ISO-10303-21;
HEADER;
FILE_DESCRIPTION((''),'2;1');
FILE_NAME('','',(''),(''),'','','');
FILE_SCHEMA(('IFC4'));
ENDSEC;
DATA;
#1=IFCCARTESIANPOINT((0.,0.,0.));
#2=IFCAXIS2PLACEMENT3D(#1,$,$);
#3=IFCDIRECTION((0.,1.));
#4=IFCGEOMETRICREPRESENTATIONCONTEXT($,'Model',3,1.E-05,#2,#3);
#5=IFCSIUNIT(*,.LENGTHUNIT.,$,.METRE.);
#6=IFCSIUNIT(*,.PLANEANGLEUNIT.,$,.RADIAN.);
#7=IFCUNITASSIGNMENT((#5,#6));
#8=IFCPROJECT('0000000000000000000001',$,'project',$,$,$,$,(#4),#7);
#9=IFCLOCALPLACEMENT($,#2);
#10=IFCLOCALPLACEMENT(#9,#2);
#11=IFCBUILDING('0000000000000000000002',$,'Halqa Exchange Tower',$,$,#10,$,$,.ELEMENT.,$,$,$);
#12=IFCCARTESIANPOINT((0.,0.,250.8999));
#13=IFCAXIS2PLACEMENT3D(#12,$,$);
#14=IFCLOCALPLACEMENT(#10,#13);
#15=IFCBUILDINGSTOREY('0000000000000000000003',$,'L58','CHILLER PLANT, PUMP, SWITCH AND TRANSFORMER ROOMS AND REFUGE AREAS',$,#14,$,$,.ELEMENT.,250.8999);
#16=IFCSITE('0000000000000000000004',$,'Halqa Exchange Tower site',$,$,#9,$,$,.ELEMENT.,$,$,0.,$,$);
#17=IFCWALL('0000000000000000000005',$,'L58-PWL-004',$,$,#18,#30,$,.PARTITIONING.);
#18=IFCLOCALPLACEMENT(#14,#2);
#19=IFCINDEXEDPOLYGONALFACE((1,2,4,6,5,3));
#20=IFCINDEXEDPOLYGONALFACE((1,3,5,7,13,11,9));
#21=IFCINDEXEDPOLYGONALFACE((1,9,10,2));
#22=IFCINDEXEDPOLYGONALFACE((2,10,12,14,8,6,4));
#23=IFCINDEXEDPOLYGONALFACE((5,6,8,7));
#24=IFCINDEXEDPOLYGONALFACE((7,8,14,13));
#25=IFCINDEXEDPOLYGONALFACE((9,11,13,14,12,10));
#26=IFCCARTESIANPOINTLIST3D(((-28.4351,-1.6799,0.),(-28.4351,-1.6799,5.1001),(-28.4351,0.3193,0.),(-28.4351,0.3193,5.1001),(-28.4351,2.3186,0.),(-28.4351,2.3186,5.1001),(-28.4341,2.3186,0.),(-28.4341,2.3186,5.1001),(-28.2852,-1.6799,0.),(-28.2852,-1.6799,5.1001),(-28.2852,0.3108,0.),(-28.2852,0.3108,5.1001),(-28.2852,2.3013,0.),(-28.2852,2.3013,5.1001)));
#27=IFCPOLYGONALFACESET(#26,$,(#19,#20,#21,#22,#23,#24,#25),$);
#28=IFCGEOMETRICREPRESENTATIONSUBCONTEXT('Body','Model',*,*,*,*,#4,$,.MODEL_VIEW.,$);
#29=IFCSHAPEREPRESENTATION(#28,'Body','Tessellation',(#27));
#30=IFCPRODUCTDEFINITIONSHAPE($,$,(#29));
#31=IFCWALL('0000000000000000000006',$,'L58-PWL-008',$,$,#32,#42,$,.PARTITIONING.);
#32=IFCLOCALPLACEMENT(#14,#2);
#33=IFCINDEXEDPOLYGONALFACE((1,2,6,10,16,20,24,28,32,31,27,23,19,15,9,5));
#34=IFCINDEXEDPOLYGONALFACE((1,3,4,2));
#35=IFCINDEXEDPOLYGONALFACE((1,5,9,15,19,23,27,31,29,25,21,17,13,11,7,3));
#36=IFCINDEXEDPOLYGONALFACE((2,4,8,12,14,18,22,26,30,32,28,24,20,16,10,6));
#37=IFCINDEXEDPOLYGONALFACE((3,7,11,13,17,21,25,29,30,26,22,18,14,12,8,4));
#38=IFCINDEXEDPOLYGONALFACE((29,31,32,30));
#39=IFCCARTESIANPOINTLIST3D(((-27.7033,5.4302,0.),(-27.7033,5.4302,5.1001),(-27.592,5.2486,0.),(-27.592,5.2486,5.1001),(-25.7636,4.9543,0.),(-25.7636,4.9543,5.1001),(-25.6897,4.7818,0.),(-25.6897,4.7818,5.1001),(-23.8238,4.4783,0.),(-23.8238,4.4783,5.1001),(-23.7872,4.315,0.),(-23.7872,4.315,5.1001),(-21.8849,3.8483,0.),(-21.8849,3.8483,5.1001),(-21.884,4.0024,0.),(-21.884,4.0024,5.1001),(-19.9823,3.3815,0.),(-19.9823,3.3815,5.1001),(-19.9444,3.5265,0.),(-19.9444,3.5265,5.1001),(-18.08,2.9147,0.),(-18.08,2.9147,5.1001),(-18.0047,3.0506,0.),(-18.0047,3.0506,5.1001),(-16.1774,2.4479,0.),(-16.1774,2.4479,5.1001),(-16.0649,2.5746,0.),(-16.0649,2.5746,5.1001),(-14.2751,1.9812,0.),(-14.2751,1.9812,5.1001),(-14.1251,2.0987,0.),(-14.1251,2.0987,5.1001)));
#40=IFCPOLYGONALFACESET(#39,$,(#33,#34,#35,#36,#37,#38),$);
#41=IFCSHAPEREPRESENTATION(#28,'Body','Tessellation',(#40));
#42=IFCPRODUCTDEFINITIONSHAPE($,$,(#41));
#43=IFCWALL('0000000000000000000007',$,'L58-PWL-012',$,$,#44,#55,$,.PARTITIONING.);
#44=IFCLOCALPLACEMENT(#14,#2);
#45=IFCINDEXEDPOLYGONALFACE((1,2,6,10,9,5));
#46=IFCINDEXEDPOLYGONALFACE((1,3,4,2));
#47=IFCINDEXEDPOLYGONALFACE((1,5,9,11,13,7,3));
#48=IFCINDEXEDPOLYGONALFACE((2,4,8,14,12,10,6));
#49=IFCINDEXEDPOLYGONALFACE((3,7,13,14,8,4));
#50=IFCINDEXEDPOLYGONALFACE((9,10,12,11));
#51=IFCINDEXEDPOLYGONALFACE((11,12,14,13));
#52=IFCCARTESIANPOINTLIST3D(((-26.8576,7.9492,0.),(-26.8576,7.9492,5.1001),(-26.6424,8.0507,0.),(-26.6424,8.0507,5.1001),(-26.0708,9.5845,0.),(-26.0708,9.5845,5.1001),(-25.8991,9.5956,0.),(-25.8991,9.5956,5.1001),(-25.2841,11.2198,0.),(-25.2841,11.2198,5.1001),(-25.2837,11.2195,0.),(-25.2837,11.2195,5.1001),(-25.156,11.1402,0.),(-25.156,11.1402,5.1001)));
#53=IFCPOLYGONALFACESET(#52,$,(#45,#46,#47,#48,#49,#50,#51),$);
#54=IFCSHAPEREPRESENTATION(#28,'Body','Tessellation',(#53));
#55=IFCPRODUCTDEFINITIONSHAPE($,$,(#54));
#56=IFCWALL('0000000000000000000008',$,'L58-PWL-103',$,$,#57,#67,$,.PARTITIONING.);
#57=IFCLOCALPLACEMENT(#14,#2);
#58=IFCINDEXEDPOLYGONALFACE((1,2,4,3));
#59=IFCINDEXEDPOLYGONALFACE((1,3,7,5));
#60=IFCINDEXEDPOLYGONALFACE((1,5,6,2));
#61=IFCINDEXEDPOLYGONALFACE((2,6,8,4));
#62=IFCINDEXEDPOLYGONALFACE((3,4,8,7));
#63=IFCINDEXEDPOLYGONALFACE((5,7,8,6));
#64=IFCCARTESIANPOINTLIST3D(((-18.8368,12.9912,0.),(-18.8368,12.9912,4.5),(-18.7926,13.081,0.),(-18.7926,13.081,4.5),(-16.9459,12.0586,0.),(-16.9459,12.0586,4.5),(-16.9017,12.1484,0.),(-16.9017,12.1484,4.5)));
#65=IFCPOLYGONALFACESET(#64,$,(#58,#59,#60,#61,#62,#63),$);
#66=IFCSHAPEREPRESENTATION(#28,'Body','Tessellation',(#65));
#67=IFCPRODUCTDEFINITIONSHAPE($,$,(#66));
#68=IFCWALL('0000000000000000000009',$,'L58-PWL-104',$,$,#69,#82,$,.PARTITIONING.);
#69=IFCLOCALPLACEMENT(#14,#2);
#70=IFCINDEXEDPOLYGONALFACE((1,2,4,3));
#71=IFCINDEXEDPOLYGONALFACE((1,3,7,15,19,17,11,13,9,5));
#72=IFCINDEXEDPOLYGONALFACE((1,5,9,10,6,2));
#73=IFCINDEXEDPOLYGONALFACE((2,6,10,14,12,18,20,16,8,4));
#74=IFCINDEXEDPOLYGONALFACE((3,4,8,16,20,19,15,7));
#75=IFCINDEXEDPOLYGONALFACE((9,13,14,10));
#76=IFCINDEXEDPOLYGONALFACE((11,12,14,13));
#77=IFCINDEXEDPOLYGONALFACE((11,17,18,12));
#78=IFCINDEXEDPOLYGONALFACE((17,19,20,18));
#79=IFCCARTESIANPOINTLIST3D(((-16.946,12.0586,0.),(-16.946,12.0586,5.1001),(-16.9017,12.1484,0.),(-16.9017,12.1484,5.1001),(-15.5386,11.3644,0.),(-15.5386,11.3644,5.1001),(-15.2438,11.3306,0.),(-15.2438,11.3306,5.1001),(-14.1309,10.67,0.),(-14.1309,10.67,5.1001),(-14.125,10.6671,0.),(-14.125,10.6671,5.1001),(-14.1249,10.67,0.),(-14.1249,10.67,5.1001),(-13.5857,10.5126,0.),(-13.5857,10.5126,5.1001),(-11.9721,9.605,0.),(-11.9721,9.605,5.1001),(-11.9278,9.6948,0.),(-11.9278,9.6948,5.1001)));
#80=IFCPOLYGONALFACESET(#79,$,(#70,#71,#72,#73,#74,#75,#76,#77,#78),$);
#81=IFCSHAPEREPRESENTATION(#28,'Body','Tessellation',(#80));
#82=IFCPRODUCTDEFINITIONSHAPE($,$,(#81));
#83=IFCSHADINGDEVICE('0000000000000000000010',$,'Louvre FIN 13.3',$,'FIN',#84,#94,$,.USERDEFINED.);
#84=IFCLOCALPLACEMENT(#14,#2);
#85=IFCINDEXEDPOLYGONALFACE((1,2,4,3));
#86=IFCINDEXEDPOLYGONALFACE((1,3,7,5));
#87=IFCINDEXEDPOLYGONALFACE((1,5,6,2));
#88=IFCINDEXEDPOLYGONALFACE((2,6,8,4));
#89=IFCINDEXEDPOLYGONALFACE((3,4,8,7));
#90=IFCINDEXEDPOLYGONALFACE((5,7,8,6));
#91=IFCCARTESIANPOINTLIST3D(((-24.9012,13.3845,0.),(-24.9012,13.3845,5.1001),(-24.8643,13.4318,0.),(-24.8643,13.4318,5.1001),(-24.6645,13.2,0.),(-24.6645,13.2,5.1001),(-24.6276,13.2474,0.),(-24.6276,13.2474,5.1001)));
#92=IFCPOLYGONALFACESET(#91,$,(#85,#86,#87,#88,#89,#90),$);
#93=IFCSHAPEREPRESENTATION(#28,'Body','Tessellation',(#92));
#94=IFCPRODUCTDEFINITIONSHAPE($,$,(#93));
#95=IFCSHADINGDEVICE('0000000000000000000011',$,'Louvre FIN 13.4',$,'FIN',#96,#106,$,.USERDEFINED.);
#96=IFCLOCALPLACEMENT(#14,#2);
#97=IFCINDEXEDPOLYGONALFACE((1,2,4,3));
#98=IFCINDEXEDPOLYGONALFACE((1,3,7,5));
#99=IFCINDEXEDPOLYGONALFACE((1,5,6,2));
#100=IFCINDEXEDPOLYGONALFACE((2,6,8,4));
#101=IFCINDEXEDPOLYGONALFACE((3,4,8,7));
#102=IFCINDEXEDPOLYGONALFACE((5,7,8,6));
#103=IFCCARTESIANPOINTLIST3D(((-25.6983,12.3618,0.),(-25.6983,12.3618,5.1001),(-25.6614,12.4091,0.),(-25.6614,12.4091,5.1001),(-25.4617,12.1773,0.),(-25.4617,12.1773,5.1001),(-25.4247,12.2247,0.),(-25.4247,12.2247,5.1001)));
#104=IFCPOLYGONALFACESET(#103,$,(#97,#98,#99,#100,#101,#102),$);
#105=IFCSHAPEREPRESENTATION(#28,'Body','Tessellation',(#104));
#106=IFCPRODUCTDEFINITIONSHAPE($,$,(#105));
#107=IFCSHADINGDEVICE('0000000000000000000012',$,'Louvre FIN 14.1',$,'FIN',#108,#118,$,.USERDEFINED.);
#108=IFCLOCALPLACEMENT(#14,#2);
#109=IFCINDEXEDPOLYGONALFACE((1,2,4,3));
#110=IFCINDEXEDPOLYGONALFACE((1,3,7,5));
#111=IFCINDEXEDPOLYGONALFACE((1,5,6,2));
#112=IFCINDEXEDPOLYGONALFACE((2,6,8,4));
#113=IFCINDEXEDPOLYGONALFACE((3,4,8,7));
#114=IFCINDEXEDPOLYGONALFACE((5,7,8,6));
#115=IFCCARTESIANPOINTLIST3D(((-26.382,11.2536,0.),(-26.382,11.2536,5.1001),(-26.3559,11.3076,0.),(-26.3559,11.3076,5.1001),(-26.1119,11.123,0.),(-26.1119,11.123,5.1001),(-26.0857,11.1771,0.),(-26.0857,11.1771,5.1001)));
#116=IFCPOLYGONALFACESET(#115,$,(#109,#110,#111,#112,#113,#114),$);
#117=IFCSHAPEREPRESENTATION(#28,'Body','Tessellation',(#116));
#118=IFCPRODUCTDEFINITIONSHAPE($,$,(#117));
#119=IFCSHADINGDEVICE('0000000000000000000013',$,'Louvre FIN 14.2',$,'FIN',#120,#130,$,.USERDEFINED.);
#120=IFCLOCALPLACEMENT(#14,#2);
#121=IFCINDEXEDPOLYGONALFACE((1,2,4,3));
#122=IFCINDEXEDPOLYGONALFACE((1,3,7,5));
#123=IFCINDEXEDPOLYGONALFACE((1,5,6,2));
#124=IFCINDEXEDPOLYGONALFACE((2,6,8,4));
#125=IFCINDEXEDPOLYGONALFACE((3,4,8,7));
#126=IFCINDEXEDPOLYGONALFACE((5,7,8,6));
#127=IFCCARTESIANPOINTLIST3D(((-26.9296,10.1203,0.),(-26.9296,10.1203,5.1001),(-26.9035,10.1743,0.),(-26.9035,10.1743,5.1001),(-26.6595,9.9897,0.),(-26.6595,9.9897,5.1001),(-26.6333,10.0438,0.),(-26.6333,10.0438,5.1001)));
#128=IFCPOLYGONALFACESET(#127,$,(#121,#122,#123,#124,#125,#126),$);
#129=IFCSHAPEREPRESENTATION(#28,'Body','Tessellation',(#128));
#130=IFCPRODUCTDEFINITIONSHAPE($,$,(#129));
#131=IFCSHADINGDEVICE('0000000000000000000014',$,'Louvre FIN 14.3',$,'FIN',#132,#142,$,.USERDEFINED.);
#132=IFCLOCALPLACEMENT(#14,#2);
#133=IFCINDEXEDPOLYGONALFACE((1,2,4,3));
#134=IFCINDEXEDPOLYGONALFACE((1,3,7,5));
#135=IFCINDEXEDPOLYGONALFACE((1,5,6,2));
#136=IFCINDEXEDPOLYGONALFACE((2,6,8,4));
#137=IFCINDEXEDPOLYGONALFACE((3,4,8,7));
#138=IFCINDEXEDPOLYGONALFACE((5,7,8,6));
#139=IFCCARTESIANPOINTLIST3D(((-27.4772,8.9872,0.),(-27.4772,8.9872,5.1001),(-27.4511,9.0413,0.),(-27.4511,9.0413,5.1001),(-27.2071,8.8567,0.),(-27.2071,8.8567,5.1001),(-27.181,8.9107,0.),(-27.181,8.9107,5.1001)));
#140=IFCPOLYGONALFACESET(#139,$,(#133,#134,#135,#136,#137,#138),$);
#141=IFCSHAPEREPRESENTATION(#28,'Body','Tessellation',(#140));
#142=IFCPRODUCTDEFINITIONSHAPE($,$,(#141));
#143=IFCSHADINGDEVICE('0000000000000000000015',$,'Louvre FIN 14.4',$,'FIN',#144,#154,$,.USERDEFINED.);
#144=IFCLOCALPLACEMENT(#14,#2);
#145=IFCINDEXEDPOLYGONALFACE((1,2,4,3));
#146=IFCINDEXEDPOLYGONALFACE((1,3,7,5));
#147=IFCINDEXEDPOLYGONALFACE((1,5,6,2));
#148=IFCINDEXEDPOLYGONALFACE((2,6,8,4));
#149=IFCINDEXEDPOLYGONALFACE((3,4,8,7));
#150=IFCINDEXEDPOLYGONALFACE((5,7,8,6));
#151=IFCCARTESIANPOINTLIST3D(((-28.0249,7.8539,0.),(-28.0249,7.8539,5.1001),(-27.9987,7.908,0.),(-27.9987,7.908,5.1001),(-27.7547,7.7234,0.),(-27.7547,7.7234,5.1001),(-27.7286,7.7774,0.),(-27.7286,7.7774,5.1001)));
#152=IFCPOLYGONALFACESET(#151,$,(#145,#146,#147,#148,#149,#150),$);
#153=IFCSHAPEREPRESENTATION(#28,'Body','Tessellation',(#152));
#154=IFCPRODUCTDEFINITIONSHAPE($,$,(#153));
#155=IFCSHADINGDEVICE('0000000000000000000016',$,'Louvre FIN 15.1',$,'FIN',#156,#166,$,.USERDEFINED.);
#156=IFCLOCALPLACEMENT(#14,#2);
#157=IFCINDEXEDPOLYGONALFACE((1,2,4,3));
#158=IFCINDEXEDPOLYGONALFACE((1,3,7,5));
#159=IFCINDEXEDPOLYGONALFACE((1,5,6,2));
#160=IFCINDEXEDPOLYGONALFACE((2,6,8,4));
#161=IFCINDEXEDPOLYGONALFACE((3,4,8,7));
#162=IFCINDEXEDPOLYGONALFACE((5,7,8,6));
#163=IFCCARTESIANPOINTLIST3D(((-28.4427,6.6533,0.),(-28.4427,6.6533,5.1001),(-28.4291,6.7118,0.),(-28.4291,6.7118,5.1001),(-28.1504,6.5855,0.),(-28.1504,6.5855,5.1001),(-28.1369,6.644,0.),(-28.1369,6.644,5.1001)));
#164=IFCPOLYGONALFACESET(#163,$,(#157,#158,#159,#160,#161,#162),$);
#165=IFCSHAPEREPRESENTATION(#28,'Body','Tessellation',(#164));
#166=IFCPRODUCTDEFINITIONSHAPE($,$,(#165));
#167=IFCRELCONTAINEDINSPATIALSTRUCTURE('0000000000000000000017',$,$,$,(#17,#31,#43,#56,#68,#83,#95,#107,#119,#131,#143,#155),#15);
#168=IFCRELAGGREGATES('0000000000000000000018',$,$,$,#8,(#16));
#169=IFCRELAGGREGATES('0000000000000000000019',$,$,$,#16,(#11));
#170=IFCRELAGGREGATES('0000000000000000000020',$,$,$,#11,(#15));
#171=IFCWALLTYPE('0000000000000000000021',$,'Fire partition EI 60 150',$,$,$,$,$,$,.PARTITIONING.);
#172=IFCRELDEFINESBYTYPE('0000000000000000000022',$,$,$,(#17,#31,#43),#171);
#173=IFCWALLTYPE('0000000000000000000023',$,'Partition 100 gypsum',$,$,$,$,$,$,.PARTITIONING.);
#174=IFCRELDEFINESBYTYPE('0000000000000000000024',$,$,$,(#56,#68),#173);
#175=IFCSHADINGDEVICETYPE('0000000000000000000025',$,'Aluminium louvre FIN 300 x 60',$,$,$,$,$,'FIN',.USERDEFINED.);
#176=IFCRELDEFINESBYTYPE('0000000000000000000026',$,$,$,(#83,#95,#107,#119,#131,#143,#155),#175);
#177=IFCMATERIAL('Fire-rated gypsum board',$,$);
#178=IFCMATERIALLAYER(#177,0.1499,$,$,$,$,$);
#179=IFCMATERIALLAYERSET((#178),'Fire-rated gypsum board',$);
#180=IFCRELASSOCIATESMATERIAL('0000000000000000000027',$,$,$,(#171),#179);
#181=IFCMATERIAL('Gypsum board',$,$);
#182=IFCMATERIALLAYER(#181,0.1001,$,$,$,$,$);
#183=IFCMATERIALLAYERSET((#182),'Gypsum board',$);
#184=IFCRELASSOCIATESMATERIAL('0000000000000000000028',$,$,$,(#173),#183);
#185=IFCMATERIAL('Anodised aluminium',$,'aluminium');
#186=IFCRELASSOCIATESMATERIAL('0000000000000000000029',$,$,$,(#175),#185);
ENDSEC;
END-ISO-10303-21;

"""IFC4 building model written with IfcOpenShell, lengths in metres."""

from ifc_helpers import new_model, si_unit, direction, frame, origin, origin_2d, place, context, subcontext, project, spatial, polyline, rectangle, outline, extrude, material, layer, layer_set, material_profile, profile_set, type_object, element, save


model = new_model("IFC4")

# Units and contexts
model_context = context("Model", 3, precision=1e-05, world=origin(), true_north=direction((0.0, 1.0)))
body_context = subcontext(model_context, "Body", "Model", "MODEL_VIEW")
ifc_project = project(units=[si_unit("LENGTHUNIT", "METRE"), si_unit("PLANEANGLEUNIT", "RADIAN")], contexts=[model_context])

# Site, building, storey
site_placement = place(None, origin())
site = spatial("IfcSite", under=ifc_project, at=site_placement, Name="Halqa Exchange Tower site", CompositionType="ELEMENT", RefElevation=0.0)
building_placement = place(site_placement, origin())
building = spatial("IfcBuilding", under=site, at=building_placement, Name="Halqa Exchange Tower", CompositionType="ELEMENT")
storey_placement = place(building_placement, frame((0.0, 0.0, 250.8999)))
storey = spatial("IfcBuildingStorey", under=building, at=storey_placement, Name="L58", Description="CHILLER PLANT, PUMP, SWITCH AND TRANSFORMER ROOMS AND REFUGE AREAS", CompositionType="ELEMENT", Elevation=250.8999)

# Walls
ifc_material_1 = material(Name="Fire-rated gypsum board")
ifc_layer_1 = layer(ifc_material_1, 0.1499)
ifc_layer_set_1 = layer_set([ifc_layer_1], Name="Fire-rated gypsum board")
wall_type_1 = type_object("IfcWallType", Name="Fire partition EI 60 150", PredefinedType="PARTITIONING", material=ifc_layer_set_1)
wall_1_placement = place(storey_placement, frame((-28.3601, 2.3186, 0.0), z_axis=(0.0, 0.0, 1.0), x_axis=(0.0, -1.0, 0.0)))
element("IfcWall", 1, at=wall_1_placement, inside=storey, type_object=wall_type_1, Name="L58-PWL-004", PredefinedType="PARTITIONING", context=body_context, shape_type="SweptSolid", body=[
    extrude(outline(polyline([(3.9985, 0.075), (2.0078, 0.075), (0.0173, 0.075), (0.0, -0.074), (0.0, -0.075), (1.9993, -0.075), (3.9985, -0.075), (3.9985, 0.075)])), origin(), (0.0, 0.0, 1.0), 5.1001),
])
wall_2_placement = place(storey_placement, frame((-27.7212, 5.3574, 0.0), z_axis=(0.0, 0.0, 1.0), x_axis=(0.971194, -0.238289, 0.0)))
element("IfcWall", 2, at=wall_2_placement, inside=storey, type_object=wall_type_1, Name="L58-PWL-008", PredefinedType="PARTITIONING", context=body_context, shape_type="SweptSolid", body=[
    extrude(outline(polyline([(0.1514, -0.075), (2.1101, -0.075), (4.0691, -0.075), (6.0278, -0.075), (7.9868, -0.075), (9.9456, -0.075), (11.9045, -0.075), (13.8633, -0.075), (13.981, 0.075), (11.9836, 0.075), (9.9863, 0.075), (7.989, 0.075), (5.9919, 0.075), (3.9946, 0.075), (1.9973, 0.075), (0.0, 0.075), (0.0, 0.075), (0.1514, -0.075)])), origin(), (0.0, 0.0, 1.0), 5.1001),
])

# Walls
wall_3_placement = place(storey_placement, frame((-25.2166, 11.1873, 0.0), z_axis=(0.0, 0.0, 1.0), x_axis=(-0.433547, -0.901131, 0.0)))
element("IfcWall", 3, at=wall_3_placement, inside=storey, type_object=wall_type_1, Name="L58-PWL-012", PredefinedType="PARTITIONING", context=body_context, shape_type="SweptSolid", body=[
    extrude(outline(polyline([(0.0, -0.075), (1.8147, -0.075), (3.6294, -0.075), (3.4446, 0.075), (1.7302, 0.075), (0.0161, 0.075), (0.0, -0.0745), (0.0, -0.075)])), origin(), (0.0, 0.0, 1.0), 5.1001),
])
ifc_material_2 = material(Name="Gypsum board")
ifc_layer_2 = layer(ifc_material_2, 0.1001)
ifc_layer_set_2 = layer_set([ifc_layer_2], Name="Gypsum board")
wall_type_2 = type_object("IfcWallType", Name="Partition 100 gypsum", PredefinedType="PARTITIONING", material=ifc_layer_set_2)
wall_4_placement = place(storey_placement, frame((-18.8147, 13.0361, 0.0), z_axis=(0.0, 0.0, 1.0), x_axis=(0.896846, -0.442344, 0.0)))
element("IfcWall", 4, at=wall_4_placement, inside=storey, type_object=wall_type_2, Name="L58-PWL-103", PredefinedType="PARTITIONING", context=body_context, shape_type="SweptSolid", body=[
    extrude(outline(polyline([(0.0, 0.05), (0.0, -0.05), (2.1084, -0.05), (2.1084, 0.05), (0.0, 0.05)])), origin(), (0.0, 0.0, 1.0), 4.5),
])
wall_5_placement = place(storey_placement, frame((-16.9238, 12.1035, 0.0), z_axis=(0.0, 0.0, 1.0), x_axis=(0.896818, -0.4424, 0.0)))
element("IfcWall", 5, at=wall_5_placement, inside=storey, type_object=wall_type_2, Name="L58-PWL-104", PredefinedType="PARTITIONING", context=body_context, shape_type="SweptSolid", body=[
    extrude(outline(polyline([(0.0, -0.05), (1.5693, -0.05), (3.1389, -0.05), (3.1443, -0.0474), (3.1455, -0.05), (5.5461, -0.05), (5.5461, 0.05), (3.6975, 0.05), (1.8486, 0.05), (0.0, 0.05), (0.0, -0.05)])), origin(), (0.0, 0.0, 1.0), 5.1001),
])

# Shading devices
ifc_material_3 = material(Name="Anodised aluminium", Category="aluminium")
ifc_material_profile_1 = material_profile(ifc_material_3, rectangle(XDim=0.3, YDim=0.0601, at=origin_2d()), Name="AL FIN 300x60")
ifc_profile_set_1 = profile_set([ifc_material_profile_1], Name="Anodised aluminium")
shading_device_type = type_object("IfcShadingDeviceType", Name="Aluminium louvre FIN 300 x 60", ElementType="FIN", PredefinedType="USERDEFINED", material=ifc_profile_set_1)
for number, where, z_axis, x_axis, name in (
    (6, (-24.7644, 13.3159, 0.0), (0.0, 0.0, 1.0), (0.78867, -0.614817, 0.0), "Louvre FIN 13.3"),
    (7, (-25.5615, 12.2932, 0.0), (0.0, 0.0, 1.0), (0.78867, -0.614817, 0.0), "Louvre FIN 13.4"),
    (8, (-26.2339, 11.2153, 0.0), (0.0, 0.0, 1.0), (0.900386, -0.435093, 0.0), "Louvre FIN 14.1"),
    (9, (-26.7815, 10.082, 0.0), (0.0, 0.0, 1.0), (0.900386, -0.435093, 0.0), "Louvre FIN 14.2"),
    (10, (-27.3291, 8.949, 0.0), (0.0, 0.0, 1.0), (0.900386, -0.435093, 0.0), "Louvre FIN 14.3"),
    (11, (-27.8767, 7.8157, 0.0), (0.0, 0.0, 1.0), (0.900386, -0.435093, 0.0), "Louvre FIN 14.4"),
    (12, (-28.2898, 6.6487, 0.0), (0.0, 0.0, 1.0), (0.974113, -0.226061, 0.0), "Louvre FIN 15.1"),
):
    element("IfcShadingDevice", number, at=place(storey_placement, frame(where, z_axis=z_axis, x_axis=x_axis)), inside=storey, type_object=shading_device_type, Name=name, ObjectType="FIN", PredefinedType="USERDEFINED", context=body_context, shape_type="SweptSolid", body=[
        extrude(rectangle(XDim=0.3, YDim=0.0601, at=origin_2d()), origin(), (0.0, 0.0, 1.0), 5.1001),
    ])

save(model, "model.ifc")
